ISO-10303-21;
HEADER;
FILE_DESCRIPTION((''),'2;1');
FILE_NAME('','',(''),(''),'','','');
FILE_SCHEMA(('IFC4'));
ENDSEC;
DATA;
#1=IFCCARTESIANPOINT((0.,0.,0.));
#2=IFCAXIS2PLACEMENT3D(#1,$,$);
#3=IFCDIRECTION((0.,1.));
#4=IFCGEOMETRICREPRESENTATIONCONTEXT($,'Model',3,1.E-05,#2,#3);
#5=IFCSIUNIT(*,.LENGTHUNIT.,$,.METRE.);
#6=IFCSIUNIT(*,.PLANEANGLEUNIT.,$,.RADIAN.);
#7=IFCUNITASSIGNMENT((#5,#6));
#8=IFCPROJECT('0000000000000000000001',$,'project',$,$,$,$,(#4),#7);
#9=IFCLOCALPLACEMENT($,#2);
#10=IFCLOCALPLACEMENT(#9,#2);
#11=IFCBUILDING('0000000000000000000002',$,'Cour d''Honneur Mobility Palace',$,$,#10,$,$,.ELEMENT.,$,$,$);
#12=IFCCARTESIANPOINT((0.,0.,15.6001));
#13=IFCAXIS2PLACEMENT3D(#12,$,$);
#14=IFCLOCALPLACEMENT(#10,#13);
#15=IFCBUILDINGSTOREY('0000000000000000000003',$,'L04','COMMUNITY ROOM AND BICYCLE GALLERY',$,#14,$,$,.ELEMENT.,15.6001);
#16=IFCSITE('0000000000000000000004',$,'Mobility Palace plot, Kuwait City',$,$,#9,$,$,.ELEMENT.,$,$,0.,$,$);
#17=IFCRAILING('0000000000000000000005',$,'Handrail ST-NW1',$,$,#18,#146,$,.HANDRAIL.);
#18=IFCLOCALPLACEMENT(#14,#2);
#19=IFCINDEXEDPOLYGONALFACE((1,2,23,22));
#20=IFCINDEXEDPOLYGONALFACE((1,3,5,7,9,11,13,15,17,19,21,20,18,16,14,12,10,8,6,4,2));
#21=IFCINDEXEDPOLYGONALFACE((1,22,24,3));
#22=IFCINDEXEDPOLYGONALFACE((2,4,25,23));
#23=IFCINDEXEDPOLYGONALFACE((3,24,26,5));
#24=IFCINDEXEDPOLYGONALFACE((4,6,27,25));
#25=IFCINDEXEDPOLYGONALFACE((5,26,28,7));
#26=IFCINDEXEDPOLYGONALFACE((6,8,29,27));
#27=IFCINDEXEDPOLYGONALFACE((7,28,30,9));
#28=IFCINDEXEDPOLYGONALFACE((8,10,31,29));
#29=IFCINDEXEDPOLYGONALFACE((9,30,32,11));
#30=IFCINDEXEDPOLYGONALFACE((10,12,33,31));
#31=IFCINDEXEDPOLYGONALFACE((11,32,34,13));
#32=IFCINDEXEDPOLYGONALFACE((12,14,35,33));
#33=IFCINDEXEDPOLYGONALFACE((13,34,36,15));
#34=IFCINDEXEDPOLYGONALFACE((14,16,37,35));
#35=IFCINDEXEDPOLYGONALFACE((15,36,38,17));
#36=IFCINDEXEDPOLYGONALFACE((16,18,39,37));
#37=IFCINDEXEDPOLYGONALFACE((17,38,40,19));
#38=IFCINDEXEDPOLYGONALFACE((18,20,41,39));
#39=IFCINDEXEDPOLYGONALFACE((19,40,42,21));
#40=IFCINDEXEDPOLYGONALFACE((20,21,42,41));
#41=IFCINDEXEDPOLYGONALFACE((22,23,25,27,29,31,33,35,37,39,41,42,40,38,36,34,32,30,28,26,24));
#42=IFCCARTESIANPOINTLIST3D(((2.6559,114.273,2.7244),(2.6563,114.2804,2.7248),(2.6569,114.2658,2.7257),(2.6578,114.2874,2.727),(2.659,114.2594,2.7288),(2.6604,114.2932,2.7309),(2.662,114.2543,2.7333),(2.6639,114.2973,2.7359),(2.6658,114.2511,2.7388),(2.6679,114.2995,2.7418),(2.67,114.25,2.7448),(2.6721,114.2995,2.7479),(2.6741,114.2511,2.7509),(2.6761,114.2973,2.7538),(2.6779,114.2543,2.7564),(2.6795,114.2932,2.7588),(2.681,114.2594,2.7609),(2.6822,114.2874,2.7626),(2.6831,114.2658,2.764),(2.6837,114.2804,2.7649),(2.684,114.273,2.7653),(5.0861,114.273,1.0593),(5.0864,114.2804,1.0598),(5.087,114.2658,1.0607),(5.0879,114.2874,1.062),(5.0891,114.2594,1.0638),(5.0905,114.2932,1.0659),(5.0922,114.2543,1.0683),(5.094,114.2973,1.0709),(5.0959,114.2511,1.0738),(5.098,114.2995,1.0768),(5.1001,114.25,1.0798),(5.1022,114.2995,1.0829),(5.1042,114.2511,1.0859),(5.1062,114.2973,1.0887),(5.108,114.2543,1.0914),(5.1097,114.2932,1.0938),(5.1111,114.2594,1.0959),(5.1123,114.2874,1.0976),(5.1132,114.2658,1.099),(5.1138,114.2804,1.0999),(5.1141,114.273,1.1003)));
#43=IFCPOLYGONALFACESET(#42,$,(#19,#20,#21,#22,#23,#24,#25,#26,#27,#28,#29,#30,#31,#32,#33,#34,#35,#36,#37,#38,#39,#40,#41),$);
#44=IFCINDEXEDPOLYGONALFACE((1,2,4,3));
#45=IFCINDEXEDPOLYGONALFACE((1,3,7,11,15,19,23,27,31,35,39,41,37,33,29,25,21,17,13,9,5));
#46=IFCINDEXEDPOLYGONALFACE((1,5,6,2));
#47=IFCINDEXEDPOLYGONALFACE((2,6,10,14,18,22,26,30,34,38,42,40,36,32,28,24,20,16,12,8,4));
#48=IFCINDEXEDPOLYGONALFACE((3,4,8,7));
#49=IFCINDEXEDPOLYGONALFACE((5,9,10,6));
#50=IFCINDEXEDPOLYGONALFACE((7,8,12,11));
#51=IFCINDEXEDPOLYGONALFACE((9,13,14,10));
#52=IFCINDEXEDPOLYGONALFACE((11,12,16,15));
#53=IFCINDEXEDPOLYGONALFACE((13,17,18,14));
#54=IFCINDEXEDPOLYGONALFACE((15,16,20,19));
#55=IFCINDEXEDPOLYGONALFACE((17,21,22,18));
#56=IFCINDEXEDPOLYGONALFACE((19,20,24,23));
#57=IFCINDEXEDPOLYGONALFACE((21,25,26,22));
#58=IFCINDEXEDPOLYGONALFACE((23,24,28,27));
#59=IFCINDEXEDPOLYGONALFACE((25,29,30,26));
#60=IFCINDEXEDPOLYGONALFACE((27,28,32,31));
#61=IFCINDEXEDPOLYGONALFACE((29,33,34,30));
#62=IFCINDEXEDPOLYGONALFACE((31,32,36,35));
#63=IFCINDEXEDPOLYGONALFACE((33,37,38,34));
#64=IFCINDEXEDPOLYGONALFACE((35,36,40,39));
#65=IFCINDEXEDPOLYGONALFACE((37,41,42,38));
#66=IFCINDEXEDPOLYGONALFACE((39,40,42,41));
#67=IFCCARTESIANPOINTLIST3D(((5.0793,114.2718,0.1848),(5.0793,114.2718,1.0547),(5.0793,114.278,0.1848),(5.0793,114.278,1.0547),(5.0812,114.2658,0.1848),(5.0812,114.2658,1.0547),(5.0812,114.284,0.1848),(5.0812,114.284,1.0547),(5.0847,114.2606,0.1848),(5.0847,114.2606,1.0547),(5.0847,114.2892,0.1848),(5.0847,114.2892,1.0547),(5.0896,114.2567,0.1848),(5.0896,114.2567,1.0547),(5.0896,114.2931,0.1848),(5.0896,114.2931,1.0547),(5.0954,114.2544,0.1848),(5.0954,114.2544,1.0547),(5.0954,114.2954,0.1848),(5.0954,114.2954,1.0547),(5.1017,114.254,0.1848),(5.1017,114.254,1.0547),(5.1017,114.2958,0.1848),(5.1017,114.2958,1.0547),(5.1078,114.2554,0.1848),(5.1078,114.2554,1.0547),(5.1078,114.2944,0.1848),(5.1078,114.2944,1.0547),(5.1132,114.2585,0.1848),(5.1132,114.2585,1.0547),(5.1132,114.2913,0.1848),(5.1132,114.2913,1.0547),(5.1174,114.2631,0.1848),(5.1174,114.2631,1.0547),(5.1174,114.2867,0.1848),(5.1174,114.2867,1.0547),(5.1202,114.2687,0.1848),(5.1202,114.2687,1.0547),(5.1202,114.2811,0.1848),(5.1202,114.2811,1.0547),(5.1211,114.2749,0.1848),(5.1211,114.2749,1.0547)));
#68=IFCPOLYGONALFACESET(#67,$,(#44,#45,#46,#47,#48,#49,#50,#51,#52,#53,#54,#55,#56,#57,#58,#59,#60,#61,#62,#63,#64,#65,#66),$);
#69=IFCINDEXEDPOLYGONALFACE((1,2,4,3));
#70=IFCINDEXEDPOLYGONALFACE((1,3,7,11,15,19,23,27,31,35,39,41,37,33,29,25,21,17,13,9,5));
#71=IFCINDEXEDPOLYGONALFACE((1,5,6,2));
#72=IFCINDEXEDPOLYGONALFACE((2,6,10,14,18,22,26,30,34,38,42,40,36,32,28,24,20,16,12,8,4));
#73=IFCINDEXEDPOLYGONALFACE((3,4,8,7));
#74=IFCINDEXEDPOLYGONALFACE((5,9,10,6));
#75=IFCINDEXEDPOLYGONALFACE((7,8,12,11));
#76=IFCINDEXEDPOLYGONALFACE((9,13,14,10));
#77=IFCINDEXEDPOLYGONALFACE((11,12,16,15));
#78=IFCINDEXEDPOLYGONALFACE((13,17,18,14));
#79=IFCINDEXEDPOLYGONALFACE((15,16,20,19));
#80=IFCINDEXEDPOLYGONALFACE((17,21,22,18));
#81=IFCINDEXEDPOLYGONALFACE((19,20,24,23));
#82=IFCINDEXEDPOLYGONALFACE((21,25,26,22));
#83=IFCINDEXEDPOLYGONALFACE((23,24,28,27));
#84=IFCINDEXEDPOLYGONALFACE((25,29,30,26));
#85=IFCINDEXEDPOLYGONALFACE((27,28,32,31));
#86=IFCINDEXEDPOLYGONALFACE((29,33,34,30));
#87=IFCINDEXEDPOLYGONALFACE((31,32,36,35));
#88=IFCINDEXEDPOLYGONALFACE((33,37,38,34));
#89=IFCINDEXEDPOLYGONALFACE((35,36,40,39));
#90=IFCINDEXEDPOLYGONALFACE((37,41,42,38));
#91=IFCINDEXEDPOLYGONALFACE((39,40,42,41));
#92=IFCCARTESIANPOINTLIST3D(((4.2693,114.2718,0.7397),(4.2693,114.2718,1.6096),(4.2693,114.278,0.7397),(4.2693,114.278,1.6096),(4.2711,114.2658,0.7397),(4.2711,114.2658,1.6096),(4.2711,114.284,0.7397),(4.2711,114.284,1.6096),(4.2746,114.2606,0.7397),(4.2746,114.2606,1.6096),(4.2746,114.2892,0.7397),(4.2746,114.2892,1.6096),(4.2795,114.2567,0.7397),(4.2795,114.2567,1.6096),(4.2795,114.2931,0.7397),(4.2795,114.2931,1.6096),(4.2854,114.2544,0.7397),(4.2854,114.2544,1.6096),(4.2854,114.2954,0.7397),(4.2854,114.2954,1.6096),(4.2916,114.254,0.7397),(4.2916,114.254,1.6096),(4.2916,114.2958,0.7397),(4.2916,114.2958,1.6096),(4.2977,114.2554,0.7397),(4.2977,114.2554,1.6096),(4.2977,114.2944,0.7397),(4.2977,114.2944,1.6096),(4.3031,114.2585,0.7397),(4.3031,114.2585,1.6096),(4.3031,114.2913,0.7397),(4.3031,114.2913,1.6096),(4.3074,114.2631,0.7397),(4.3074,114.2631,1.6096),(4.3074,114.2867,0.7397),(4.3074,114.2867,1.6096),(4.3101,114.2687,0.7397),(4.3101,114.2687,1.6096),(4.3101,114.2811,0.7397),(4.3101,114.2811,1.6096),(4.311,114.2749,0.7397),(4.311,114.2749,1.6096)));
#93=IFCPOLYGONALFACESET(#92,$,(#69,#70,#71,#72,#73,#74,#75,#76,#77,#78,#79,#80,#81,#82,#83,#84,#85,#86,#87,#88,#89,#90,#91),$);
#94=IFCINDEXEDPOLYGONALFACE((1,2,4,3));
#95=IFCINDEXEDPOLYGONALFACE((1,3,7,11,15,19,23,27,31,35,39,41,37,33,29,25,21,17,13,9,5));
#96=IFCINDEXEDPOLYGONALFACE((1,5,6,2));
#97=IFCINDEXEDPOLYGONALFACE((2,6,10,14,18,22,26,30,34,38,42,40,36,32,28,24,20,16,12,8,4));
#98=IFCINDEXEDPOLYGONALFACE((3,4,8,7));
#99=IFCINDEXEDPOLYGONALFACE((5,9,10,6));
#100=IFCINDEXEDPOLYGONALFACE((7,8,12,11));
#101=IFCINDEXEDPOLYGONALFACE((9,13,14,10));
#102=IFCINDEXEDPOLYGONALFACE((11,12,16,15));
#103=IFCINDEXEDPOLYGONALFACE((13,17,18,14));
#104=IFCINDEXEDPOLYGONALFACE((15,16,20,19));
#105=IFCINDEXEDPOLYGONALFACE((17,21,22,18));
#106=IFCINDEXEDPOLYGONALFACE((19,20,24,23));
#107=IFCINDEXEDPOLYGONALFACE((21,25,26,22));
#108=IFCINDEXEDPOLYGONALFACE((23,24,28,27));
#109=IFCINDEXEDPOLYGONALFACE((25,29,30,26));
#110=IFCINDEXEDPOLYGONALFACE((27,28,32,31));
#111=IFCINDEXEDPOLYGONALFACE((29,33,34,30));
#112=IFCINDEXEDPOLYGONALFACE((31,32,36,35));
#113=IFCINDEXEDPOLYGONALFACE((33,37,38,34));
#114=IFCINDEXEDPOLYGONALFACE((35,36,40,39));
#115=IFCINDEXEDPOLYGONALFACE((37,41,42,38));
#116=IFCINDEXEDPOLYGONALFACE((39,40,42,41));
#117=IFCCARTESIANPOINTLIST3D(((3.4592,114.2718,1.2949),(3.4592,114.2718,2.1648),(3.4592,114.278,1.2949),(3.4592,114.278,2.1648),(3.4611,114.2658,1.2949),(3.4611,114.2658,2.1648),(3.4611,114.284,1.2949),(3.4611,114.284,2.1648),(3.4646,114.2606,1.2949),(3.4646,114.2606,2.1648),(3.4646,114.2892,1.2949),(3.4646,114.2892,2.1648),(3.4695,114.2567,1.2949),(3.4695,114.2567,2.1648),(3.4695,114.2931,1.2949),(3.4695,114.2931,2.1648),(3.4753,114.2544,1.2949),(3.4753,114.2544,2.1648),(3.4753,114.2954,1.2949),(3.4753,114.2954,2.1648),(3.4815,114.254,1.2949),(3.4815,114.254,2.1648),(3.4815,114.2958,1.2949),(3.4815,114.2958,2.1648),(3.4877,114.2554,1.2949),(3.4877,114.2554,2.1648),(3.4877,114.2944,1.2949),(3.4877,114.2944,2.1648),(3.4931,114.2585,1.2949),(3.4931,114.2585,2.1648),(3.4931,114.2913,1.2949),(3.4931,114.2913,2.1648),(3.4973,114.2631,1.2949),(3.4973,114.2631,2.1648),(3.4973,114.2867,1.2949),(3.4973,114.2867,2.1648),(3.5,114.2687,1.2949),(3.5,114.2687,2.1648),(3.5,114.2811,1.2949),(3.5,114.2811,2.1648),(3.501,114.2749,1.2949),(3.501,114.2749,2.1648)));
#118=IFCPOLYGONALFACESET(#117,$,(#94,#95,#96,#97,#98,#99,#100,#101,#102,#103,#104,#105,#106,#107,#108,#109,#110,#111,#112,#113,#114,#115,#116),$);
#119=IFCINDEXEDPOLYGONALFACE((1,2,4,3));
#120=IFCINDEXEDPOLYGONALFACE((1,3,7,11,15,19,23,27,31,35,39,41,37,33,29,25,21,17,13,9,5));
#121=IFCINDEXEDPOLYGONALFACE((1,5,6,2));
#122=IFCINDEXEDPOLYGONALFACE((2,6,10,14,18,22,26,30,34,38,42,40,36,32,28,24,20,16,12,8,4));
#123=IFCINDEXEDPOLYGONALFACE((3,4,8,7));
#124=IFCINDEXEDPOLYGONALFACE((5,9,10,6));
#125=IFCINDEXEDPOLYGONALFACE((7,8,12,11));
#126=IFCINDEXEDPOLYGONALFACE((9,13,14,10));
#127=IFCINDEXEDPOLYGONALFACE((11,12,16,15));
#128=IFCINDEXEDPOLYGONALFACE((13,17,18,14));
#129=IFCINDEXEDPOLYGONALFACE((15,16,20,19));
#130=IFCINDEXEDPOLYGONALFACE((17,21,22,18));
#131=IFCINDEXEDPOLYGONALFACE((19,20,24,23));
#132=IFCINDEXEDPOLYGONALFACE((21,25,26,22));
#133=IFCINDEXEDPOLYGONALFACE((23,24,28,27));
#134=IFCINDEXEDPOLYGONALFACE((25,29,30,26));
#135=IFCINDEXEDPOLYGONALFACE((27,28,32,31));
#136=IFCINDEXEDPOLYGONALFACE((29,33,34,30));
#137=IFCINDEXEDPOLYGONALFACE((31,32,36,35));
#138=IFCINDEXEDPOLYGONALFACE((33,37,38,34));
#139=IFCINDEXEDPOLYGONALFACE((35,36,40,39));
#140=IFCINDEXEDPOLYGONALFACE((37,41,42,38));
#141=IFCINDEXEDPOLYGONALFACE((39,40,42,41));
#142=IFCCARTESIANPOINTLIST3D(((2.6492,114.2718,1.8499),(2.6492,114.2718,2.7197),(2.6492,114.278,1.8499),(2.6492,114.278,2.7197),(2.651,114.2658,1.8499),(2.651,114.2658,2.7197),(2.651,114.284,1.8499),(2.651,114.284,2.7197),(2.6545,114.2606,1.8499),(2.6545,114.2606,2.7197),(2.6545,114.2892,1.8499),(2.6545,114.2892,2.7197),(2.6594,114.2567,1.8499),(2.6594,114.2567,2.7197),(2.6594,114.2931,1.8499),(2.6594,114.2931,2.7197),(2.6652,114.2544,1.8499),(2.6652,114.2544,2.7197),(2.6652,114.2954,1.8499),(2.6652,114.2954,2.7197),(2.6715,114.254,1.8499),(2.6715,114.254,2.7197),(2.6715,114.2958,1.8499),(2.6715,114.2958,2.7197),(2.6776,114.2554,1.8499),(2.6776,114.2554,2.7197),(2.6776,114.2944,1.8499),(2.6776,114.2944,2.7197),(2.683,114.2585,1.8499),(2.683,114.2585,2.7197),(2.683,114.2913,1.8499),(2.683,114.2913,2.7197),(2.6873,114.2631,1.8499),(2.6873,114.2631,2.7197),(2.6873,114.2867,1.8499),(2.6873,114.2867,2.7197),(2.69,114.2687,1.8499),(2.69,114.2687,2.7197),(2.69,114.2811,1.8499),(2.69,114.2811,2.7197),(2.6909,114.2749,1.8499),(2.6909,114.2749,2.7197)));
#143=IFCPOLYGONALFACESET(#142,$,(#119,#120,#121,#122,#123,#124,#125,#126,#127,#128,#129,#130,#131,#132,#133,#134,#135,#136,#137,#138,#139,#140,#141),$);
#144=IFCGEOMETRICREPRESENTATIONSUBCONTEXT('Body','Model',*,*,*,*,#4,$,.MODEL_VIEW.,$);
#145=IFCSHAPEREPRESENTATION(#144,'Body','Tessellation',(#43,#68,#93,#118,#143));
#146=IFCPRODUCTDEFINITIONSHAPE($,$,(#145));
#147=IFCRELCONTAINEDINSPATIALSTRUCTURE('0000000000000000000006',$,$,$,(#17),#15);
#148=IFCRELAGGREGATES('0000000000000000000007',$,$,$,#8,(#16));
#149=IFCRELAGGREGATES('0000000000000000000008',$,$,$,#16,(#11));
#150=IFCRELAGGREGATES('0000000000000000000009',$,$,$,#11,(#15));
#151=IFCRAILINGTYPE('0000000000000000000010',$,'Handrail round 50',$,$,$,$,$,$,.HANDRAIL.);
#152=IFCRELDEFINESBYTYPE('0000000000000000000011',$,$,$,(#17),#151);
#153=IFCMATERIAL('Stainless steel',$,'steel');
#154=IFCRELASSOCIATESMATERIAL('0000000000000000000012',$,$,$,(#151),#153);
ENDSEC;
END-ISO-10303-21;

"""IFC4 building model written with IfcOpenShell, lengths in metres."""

from ifc_helpers import new_model, si_unit, direction, frame, origin, origin_2d, place, context, subcontext, project, spatial, circle, extrude, material, type_object, element, save


model = new_model("IFC4")

# Units and contexts
model_context = context("Model", 3, precision=1e-05, world=origin(), true_north=direction((0.0, 1.0)))
body_context = subcontext(model_context, "Body", "Model", "MODEL_VIEW")
ifc_project = project(units=[si_unit("LENGTHUNIT", "METRE"), si_unit("PLANEANGLEUNIT", "RADIAN")], contexts=[model_context])

# Site, building, storey
site_placement = place(None, origin())
site = spatial("IfcSite", under=ifc_project, at=site_placement, Name="Mobility Palace plot, Kuwait City", CompositionType="ELEMENT", RefElevation=0.0)
building_placement = place(site_placement, origin())
building = spatial("IfcBuilding", under=site, at=building_placement, Name="Cour d'Honneur Mobility Palace", CompositionType="ELEMENT")
storey_placement = place(building_placement, frame((0.0, 0.0, 15.6001)))
storey = spatial("IfcBuildingStorey", under=building, at=storey_placement, Name="L04", Description="COMMUNITY ROOM AND BICYCLE GALLERY", CompositionType="ELEMENT", Elevation=15.6001)

# Railing
ifc_material_1 = material(Name="Stainless steel", Category="steel")
railing_type_1 = type_object("IfcRailingType", Name="Handrail round 50", PredefinedType="HANDRAIL", material=ifc_material_1)
for number, where, name in (
    (1, (5.1001, 114.2749, 0.1848), "Handrail ST-NW1"),
):
    element("IfcRailing", number, at=place(storey_placement, frame(where)), inside=storey, type_object=railing_type_1, Name=name, PredefinedType="HANDRAIL", context=body_context, shape_type="SweptSolid", body=[
        extrude(circle(Radius=0.0249, at=origin_2d()), frame((0.0, 0.0, 0.895), z_axis=(-0.824945, 0.0, 0.565213), x_axis=(0.0, -1.0, 0.0)), (0.0, 0.0, 1.0), 2.9458),
        extrude(circle(Radius=0.021, at=origin_2d()), origin(), (0.0, 0.0, 1.0), 0.8699),
        extrude(circle(Radius=0.021, at=origin_2d()), frame((-0.8101, 0.0, 0.5549)), (0.0, 0.0, 1.0), 0.8699),
        extrude(circle(Radius=0.021, at=origin_2d()), frame((-1.6201, 0.0, 1.1101)), (0.0, 0.0, 1.0), 0.8699),
        extrude(circle(Radius=0.021, at=origin_2d()), frame((-2.4302, 0.0, 1.665)), (0.0, 0.0, 1.0), 0.8699),
    ])

save(model, "model.ifc")
